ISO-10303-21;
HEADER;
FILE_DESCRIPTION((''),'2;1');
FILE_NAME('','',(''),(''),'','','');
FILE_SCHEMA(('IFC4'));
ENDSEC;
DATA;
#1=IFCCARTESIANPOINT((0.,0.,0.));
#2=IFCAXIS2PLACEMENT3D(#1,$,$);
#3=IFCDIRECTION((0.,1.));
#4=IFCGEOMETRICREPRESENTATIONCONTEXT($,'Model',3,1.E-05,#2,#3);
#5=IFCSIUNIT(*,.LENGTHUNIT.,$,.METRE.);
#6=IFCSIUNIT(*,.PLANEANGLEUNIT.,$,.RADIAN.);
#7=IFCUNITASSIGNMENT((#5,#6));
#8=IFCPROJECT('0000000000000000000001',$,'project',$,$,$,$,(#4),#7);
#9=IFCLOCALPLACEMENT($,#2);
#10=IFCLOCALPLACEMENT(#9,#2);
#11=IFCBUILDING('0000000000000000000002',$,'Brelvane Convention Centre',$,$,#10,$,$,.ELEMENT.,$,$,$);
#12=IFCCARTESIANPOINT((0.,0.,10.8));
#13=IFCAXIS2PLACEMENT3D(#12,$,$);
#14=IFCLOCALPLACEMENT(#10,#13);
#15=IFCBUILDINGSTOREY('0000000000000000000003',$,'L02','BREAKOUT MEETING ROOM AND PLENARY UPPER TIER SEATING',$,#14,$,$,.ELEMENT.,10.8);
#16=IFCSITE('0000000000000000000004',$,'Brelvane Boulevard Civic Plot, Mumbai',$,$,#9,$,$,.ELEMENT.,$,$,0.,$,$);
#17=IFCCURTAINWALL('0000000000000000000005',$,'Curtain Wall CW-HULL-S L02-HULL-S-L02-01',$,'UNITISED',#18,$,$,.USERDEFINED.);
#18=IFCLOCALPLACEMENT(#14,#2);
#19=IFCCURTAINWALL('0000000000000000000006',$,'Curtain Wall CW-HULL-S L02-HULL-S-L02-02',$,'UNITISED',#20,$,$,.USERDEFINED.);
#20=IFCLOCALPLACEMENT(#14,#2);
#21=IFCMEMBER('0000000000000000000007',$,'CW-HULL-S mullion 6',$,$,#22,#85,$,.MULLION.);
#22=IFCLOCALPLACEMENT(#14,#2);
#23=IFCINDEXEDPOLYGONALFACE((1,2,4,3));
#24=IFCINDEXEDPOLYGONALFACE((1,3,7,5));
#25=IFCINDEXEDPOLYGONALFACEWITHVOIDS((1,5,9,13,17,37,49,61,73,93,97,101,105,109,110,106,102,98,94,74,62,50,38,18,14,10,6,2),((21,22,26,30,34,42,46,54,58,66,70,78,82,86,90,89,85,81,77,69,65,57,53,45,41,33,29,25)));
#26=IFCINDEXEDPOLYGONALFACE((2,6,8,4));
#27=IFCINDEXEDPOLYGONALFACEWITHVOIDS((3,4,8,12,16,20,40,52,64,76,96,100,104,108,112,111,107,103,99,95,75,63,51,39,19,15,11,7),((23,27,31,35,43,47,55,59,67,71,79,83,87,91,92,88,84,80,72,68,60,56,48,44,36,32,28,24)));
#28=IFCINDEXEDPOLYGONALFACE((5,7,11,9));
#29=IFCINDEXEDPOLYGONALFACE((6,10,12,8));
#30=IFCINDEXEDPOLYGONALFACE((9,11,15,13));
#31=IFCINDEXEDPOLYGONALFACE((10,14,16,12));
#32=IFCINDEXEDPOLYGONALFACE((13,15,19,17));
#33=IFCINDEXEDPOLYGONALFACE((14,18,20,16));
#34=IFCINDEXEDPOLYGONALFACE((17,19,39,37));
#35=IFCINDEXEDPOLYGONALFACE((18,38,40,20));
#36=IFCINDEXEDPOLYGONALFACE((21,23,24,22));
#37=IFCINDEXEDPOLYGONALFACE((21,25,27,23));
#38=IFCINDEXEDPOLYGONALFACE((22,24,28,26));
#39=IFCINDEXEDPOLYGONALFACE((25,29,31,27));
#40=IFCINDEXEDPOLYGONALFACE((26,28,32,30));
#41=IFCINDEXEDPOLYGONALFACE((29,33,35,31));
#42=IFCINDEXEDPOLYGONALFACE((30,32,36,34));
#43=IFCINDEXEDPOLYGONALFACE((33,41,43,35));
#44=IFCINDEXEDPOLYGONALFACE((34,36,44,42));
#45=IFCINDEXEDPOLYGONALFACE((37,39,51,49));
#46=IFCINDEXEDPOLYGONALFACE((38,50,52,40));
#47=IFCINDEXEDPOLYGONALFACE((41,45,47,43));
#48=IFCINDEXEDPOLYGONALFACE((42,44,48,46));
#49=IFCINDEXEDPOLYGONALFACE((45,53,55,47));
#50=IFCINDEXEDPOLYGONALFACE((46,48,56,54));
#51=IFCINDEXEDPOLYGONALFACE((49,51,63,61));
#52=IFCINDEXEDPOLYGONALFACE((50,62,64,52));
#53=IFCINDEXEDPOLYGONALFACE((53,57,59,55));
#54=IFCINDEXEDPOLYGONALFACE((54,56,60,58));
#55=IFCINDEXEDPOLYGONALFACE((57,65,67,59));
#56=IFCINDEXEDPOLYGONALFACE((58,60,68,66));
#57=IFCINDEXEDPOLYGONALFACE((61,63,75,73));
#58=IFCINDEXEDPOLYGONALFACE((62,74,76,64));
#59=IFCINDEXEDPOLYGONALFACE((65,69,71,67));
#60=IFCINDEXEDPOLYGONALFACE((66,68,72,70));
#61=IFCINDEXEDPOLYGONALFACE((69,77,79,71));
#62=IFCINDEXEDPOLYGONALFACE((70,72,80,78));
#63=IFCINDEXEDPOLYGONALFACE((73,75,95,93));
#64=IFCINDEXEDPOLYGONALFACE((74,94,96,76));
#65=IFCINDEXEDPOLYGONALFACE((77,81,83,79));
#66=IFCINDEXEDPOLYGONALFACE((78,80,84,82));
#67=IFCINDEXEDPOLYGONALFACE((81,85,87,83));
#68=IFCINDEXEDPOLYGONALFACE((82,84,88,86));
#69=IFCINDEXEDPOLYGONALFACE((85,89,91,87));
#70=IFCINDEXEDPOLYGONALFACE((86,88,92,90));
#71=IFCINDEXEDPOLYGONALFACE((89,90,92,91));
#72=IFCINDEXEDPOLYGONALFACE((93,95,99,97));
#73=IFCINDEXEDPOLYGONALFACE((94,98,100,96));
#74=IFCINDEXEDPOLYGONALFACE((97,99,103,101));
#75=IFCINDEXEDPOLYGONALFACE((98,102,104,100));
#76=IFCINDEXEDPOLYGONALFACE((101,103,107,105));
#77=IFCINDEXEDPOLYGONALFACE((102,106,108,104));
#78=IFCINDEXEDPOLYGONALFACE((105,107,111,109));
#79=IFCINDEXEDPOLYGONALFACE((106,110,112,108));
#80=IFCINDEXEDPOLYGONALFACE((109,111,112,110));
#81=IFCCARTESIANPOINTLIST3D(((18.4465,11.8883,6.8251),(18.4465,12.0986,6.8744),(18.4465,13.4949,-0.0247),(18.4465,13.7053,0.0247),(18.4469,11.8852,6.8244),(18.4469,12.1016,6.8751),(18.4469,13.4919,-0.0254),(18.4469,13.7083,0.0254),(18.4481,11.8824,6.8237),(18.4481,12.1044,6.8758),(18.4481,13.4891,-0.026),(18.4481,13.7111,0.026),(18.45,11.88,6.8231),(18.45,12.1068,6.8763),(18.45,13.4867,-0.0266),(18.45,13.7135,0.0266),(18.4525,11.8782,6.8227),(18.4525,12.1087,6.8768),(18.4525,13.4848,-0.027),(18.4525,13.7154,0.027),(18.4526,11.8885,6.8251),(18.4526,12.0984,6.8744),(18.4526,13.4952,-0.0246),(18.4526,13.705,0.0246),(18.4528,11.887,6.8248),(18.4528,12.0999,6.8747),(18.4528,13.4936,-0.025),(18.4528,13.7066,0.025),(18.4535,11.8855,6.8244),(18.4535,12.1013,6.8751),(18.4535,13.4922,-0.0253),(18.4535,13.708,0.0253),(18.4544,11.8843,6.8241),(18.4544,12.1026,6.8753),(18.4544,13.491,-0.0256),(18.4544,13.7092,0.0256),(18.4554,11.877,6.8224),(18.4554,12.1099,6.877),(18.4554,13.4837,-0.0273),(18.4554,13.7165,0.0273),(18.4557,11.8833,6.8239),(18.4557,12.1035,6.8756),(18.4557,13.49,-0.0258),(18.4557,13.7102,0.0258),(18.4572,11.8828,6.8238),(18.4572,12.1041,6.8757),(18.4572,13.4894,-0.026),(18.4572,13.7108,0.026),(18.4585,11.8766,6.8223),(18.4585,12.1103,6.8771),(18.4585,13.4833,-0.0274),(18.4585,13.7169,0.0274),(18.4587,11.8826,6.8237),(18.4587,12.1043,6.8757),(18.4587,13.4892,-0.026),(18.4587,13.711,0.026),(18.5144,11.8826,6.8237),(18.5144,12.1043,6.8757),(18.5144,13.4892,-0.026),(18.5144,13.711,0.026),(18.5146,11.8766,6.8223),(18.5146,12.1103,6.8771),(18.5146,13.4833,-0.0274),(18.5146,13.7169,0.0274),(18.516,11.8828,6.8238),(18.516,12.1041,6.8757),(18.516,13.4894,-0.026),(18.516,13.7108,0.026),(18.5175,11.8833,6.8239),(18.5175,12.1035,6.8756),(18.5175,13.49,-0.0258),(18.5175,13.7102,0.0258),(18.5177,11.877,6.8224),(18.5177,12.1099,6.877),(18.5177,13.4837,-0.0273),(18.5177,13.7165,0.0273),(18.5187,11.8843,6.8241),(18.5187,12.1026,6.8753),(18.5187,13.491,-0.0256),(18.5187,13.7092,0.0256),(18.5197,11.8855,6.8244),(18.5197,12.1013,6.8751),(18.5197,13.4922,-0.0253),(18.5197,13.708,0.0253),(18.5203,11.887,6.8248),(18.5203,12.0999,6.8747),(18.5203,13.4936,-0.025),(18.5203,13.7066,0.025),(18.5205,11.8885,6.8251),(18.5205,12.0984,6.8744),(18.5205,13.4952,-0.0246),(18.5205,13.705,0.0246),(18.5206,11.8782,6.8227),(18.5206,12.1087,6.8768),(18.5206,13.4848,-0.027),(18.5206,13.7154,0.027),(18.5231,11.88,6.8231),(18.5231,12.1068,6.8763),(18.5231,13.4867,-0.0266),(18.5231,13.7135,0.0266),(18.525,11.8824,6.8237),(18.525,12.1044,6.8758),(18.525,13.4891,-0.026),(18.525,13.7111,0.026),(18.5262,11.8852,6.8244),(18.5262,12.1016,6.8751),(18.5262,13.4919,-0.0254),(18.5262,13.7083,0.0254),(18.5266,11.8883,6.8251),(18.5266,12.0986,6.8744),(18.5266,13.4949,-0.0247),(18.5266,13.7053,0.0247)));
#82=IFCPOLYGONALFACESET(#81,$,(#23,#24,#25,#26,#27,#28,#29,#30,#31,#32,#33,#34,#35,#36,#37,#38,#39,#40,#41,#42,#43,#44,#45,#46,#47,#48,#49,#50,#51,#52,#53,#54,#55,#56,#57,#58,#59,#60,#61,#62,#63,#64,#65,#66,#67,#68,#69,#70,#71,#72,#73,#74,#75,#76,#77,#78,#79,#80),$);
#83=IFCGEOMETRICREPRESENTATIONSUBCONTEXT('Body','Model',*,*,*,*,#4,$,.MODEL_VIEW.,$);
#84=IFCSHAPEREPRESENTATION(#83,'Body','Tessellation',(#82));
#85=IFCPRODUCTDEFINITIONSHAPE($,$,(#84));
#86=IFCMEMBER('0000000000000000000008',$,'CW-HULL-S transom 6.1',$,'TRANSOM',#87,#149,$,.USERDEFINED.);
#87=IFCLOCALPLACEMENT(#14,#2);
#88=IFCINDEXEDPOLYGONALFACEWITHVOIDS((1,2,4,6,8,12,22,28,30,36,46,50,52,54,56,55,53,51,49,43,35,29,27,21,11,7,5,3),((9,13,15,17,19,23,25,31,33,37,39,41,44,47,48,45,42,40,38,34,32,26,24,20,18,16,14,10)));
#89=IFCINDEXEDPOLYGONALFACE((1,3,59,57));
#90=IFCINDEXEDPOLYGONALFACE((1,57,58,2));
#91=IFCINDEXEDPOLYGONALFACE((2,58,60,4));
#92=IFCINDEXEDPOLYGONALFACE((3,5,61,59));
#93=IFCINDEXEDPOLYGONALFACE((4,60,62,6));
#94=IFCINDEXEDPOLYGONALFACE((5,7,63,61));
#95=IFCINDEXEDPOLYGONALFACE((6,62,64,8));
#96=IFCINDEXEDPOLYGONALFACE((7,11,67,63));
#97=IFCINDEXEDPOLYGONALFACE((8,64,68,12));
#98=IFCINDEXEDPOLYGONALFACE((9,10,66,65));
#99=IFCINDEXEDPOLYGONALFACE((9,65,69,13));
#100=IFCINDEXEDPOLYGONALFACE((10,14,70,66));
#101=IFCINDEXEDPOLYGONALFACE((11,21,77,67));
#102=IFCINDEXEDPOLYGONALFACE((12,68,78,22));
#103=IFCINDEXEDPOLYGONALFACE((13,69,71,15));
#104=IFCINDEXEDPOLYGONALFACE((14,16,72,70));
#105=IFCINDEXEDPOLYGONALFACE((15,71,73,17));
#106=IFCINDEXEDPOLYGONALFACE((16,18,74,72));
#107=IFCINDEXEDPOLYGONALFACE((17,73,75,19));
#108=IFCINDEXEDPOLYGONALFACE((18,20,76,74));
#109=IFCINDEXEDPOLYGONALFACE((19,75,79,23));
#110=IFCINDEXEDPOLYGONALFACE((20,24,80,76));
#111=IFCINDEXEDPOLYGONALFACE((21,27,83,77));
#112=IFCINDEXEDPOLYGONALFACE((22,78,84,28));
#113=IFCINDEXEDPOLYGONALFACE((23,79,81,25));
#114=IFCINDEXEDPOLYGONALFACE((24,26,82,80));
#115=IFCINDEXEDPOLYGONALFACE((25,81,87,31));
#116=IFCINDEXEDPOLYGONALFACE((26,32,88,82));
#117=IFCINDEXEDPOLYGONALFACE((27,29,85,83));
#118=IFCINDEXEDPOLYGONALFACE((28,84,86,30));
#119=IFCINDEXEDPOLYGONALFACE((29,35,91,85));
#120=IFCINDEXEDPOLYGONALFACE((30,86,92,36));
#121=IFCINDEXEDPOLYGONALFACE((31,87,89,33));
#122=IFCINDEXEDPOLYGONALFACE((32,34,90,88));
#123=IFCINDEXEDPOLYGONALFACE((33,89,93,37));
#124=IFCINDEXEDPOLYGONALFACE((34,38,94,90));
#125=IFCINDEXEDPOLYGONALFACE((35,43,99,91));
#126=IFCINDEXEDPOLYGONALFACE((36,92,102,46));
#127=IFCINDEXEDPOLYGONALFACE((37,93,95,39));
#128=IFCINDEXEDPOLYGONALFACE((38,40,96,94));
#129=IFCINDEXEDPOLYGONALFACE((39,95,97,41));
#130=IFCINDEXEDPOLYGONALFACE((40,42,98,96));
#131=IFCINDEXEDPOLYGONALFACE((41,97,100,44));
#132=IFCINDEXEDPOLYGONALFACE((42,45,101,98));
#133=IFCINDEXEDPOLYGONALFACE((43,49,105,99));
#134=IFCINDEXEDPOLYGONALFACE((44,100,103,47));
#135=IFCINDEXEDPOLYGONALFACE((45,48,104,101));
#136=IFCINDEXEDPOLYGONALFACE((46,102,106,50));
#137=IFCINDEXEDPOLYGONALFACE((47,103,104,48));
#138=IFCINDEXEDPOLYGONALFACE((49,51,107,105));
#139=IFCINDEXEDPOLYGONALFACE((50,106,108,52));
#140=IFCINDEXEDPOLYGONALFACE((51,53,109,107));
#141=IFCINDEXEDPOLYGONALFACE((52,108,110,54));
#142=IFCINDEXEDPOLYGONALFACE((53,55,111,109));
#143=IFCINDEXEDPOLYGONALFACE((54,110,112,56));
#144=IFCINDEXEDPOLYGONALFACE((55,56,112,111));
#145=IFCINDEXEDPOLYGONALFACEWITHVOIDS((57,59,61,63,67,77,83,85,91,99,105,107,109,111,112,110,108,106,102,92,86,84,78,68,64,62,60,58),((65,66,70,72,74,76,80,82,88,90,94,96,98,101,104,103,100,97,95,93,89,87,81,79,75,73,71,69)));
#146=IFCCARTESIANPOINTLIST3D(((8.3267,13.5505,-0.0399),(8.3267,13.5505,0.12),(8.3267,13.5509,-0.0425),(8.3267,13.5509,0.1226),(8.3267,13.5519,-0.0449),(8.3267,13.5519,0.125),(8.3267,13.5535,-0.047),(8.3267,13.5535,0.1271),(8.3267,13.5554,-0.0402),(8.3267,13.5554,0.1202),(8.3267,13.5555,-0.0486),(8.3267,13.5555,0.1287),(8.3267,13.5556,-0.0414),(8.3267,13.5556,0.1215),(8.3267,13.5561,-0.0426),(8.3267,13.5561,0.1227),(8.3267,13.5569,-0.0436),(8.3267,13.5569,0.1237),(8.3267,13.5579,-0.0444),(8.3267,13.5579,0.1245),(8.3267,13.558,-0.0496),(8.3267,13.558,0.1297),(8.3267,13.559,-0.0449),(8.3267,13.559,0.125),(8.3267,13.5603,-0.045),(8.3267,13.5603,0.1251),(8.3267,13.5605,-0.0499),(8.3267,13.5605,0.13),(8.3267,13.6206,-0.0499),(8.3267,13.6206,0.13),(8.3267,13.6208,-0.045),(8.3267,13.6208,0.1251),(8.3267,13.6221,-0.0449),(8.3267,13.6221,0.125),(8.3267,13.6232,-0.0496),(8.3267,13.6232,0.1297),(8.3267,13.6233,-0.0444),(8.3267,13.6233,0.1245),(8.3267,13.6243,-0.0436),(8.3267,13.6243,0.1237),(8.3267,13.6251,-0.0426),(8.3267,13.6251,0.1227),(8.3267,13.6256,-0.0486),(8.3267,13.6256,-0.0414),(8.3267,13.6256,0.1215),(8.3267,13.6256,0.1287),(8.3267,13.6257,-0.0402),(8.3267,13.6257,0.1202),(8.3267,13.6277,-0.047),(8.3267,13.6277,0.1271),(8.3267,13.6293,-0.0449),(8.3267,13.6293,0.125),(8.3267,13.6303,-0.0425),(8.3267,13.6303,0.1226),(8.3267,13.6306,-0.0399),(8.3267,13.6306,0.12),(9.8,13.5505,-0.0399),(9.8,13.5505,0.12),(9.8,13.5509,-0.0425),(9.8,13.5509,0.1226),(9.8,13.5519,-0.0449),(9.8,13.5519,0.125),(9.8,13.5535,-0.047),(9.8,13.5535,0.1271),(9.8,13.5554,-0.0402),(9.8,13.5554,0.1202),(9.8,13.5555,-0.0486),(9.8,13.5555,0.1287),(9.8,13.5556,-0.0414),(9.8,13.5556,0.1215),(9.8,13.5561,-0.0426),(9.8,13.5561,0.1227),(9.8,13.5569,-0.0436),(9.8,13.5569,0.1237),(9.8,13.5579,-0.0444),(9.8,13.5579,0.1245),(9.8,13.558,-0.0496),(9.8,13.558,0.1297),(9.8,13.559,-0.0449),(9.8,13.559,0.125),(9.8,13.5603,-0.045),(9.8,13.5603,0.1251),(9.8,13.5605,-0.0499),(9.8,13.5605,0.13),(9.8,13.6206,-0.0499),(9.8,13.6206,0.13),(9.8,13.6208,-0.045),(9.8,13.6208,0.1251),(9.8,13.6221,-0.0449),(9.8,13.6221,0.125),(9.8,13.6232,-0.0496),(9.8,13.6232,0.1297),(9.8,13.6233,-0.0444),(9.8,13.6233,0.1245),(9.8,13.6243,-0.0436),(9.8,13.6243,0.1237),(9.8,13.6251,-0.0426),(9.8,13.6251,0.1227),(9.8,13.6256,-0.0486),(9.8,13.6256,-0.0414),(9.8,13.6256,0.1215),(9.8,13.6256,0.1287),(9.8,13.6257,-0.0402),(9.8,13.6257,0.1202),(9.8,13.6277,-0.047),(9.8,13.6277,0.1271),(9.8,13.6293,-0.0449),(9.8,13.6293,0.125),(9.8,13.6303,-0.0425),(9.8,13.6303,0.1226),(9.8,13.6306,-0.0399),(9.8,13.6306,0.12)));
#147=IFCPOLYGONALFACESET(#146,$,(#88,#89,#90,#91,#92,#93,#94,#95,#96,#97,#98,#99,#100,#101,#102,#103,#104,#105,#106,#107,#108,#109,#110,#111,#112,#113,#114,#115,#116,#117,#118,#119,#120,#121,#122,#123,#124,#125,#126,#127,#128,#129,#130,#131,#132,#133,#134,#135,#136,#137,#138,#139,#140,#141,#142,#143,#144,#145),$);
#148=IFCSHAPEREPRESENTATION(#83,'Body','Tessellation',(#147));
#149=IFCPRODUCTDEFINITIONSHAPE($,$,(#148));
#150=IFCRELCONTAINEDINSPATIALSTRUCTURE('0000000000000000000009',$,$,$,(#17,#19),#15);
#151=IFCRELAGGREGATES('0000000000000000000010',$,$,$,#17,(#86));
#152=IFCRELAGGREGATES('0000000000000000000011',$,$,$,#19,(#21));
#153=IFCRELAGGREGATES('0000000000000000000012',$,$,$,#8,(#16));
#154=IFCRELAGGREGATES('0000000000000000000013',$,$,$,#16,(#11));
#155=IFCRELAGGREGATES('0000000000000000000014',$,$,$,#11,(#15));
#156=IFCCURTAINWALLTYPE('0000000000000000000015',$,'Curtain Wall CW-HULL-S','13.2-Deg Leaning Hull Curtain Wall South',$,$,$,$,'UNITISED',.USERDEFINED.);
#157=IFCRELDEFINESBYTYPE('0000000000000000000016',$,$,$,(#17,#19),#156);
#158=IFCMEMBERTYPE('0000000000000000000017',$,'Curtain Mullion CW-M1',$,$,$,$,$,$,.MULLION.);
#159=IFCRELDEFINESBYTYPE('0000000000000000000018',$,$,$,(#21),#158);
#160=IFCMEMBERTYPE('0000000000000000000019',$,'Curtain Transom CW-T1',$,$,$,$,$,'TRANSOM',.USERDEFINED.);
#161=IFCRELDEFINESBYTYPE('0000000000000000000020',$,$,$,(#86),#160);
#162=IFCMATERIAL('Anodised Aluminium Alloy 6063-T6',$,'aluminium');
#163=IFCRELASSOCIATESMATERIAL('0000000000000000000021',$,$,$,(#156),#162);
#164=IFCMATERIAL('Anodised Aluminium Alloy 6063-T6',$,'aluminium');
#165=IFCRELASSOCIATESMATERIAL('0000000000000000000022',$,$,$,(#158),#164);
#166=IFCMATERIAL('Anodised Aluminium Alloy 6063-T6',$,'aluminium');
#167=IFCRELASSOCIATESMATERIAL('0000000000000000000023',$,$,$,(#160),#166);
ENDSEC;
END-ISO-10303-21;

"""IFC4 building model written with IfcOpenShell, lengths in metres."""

from ifc_helpers import new_model, si_unit, direction, frame, origin, origin_2d, place, context, subcontext, project, spatial, hollow_rectangle, extrude, material, material_profile, profile_set, type_object, element, aggregate, save


model = new_model("IFC4")

# Units and contexts
model_context = context("Model", 3, precision=1e-05, world=origin(), true_north=direction((0.0, 1.0)))
body_context = subcontext(model_context, "Body", "Model", "MODEL_VIEW")
ifc_project = project(units=[si_unit("LENGTHUNIT", "METRE"), si_unit("PLANEANGLEUNIT", "RADIAN")], contexts=[model_context])

# Site, building, storey
site_placement = place(None, origin())
site = spatial("IfcSite", under=ifc_project, at=site_placement, Name="Brelvane Boulevard Civic Plot, Mumbai", CompositionType="ELEMENT", RefElevation=0.0)
building_placement = place(site_placement, origin())
building = spatial("IfcBuilding", under=site, at=building_placement, Name="Brelvane Convention Centre", CompositionType="ELEMENT")
storey_placement = place(building_placement, frame((0.0, 0.0, 10.8)))
storey = spatial("IfcBuildingStorey", under=building, at=storey_placement, Name="L02", Description="BREAKOUT MEETING ROOM AND PLENARY UPPER TIER SEATING", CompositionType="ELEMENT", Elevation=10.8)

# Curtain wall
ifc_material_1 = material(Name="Anodised Aluminium Alloy 6063-T6", Category="aluminium")
curtain_wall_type = type_object("IfcCurtainWallType", Name="Curtain Wall CW-HULL-S", Description="13.2-Deg Leaning Hull Curtain Wall South", ElementType="UNITISED", PredefinedType="USERDEFINED", material=ifc_material_1)
curtain_wall_1_placement = place(storey_placement, origin())
curtain_wall_1 = element("IfcCurtainWall", 1, at=curtain_wall_1_placement, inside=storey, type_object=curtain_wall_type, Name="Curtain Wall CW-HULL-S L02-HULL-S-L02-01", ObjectType="UNITISED", PredefinedType="USERDEFINED")
ifc_material_2 = material(Name="Anodised Aluminium Alloy 6063-T6", Category="aluminium")
ifc_material_profile_1 = material_profile(ifc_material_2, hollow_rectangle(XDim=0.0801, YDim=0.24, WallThickness=0.0061, InnerFilletRadius=0.0061, OuterFilletRadius=0.012, at=origin_2d()), Name="ALU-M 240x80x6.0")
ifc_profile_set_1 = profile_set([ifc_material_profile_1], Name="Anodised Aluminium Alloy 6063-T6")
member_type_1 = type_object("IfcMemberType", Name="Curtain Mullion CW-M1", PredefinedType="MULLION", material=ifc_profile_set_1)

# Curtain wall, member
curtain_wall_2_placement = place(storey_placement, origin())
curtain_wall_2 = element("IfcCurtainWall", 2, at=curtain_wall_2_placement, inside=storey, type_object=curtain_wall_type, Name="Curtain Wall CW-HULL-S L02-HULL-S-L02-02", ObjectType="UNITISED", PredefinedType="USERDEFINED")
member_1_placement = place(storey_placement, frame((18.4866, 13.6001, 0.0), z_axis=(0.0, -0.22836, 0.973577), x_axis=(1.0, 0.0, 0.0)))
member_1 = element("IfcMember", 3, at=member_1_placement, type_object=member_type_1, Name="CW-HULL-S mullion 6", PredefinedType="MULLION", context=body_context, shape_type="SweptSolid", body=[
    extrude(hollow_rectangle(XDim=0.0801, YDim=0.24, WallThickness=0.0061, InnerFilletRadius=0.0061, OuterFilletRadius=0.012, at=origin_2d()), origin(), (0.0, 0.0, 1.0), 7.0356),
])

# Member
ifc_material_3 = material(Name="Anodised Aluminium Alloy 6063-T6", Category="aluminium")
ifc_material_profile_2 = material_profile(ifc_material_3, hollow_rectangle(XDim=0.0801, YDim=0.1799, WallThickness=0.0049, InnerFilletRadius=0.0049, OuterFilletRadius=0.01, at=origin_2d()), Name="ALU-T 180x80x5.0")
ifc_profile_set_2 = profile_set([ifc_material_profile_2], Name="Anodised Aluminium Alloy 6063-T6")
member_type_2 = type_object("IfcMemberType", Name="Curtain Transom CW-T1", ElementType="TRANSOM", PredefinedType="USERDEFINED", material=ifc_profile_set_2)
member_2_placement = place(storey_placement, frame((8.3267, 13.5906, 0.04), z_axis=(1.0, 0.0, 0.0), x_axis=(0.0, 1.0, 0.0)))
member_2 = element("IfcMember", 4, at=member_2_placement, type_object=member_type_2, Name="CW-HULL-S transom 6.1", ObjectType="TRANSOM", PredefinedType="USERDEFINED", context=body_context, shape_type="SweptSolid", body=[
    extrude(hollow_rectangle(XDim=0.0801, YDim=0.1799, WallThickness=0.0049, InnerFilletRadius=0.0049, OuterFilletRadius=0.01, at=origin_2d()), origin(), (0.0, 0.0, 1.0), 1.4734),
])

aggregate(curtain_wall_1, [member_2])
aggregate(curtain_wall_2, [member_1])

save(model, "model.ifc")
